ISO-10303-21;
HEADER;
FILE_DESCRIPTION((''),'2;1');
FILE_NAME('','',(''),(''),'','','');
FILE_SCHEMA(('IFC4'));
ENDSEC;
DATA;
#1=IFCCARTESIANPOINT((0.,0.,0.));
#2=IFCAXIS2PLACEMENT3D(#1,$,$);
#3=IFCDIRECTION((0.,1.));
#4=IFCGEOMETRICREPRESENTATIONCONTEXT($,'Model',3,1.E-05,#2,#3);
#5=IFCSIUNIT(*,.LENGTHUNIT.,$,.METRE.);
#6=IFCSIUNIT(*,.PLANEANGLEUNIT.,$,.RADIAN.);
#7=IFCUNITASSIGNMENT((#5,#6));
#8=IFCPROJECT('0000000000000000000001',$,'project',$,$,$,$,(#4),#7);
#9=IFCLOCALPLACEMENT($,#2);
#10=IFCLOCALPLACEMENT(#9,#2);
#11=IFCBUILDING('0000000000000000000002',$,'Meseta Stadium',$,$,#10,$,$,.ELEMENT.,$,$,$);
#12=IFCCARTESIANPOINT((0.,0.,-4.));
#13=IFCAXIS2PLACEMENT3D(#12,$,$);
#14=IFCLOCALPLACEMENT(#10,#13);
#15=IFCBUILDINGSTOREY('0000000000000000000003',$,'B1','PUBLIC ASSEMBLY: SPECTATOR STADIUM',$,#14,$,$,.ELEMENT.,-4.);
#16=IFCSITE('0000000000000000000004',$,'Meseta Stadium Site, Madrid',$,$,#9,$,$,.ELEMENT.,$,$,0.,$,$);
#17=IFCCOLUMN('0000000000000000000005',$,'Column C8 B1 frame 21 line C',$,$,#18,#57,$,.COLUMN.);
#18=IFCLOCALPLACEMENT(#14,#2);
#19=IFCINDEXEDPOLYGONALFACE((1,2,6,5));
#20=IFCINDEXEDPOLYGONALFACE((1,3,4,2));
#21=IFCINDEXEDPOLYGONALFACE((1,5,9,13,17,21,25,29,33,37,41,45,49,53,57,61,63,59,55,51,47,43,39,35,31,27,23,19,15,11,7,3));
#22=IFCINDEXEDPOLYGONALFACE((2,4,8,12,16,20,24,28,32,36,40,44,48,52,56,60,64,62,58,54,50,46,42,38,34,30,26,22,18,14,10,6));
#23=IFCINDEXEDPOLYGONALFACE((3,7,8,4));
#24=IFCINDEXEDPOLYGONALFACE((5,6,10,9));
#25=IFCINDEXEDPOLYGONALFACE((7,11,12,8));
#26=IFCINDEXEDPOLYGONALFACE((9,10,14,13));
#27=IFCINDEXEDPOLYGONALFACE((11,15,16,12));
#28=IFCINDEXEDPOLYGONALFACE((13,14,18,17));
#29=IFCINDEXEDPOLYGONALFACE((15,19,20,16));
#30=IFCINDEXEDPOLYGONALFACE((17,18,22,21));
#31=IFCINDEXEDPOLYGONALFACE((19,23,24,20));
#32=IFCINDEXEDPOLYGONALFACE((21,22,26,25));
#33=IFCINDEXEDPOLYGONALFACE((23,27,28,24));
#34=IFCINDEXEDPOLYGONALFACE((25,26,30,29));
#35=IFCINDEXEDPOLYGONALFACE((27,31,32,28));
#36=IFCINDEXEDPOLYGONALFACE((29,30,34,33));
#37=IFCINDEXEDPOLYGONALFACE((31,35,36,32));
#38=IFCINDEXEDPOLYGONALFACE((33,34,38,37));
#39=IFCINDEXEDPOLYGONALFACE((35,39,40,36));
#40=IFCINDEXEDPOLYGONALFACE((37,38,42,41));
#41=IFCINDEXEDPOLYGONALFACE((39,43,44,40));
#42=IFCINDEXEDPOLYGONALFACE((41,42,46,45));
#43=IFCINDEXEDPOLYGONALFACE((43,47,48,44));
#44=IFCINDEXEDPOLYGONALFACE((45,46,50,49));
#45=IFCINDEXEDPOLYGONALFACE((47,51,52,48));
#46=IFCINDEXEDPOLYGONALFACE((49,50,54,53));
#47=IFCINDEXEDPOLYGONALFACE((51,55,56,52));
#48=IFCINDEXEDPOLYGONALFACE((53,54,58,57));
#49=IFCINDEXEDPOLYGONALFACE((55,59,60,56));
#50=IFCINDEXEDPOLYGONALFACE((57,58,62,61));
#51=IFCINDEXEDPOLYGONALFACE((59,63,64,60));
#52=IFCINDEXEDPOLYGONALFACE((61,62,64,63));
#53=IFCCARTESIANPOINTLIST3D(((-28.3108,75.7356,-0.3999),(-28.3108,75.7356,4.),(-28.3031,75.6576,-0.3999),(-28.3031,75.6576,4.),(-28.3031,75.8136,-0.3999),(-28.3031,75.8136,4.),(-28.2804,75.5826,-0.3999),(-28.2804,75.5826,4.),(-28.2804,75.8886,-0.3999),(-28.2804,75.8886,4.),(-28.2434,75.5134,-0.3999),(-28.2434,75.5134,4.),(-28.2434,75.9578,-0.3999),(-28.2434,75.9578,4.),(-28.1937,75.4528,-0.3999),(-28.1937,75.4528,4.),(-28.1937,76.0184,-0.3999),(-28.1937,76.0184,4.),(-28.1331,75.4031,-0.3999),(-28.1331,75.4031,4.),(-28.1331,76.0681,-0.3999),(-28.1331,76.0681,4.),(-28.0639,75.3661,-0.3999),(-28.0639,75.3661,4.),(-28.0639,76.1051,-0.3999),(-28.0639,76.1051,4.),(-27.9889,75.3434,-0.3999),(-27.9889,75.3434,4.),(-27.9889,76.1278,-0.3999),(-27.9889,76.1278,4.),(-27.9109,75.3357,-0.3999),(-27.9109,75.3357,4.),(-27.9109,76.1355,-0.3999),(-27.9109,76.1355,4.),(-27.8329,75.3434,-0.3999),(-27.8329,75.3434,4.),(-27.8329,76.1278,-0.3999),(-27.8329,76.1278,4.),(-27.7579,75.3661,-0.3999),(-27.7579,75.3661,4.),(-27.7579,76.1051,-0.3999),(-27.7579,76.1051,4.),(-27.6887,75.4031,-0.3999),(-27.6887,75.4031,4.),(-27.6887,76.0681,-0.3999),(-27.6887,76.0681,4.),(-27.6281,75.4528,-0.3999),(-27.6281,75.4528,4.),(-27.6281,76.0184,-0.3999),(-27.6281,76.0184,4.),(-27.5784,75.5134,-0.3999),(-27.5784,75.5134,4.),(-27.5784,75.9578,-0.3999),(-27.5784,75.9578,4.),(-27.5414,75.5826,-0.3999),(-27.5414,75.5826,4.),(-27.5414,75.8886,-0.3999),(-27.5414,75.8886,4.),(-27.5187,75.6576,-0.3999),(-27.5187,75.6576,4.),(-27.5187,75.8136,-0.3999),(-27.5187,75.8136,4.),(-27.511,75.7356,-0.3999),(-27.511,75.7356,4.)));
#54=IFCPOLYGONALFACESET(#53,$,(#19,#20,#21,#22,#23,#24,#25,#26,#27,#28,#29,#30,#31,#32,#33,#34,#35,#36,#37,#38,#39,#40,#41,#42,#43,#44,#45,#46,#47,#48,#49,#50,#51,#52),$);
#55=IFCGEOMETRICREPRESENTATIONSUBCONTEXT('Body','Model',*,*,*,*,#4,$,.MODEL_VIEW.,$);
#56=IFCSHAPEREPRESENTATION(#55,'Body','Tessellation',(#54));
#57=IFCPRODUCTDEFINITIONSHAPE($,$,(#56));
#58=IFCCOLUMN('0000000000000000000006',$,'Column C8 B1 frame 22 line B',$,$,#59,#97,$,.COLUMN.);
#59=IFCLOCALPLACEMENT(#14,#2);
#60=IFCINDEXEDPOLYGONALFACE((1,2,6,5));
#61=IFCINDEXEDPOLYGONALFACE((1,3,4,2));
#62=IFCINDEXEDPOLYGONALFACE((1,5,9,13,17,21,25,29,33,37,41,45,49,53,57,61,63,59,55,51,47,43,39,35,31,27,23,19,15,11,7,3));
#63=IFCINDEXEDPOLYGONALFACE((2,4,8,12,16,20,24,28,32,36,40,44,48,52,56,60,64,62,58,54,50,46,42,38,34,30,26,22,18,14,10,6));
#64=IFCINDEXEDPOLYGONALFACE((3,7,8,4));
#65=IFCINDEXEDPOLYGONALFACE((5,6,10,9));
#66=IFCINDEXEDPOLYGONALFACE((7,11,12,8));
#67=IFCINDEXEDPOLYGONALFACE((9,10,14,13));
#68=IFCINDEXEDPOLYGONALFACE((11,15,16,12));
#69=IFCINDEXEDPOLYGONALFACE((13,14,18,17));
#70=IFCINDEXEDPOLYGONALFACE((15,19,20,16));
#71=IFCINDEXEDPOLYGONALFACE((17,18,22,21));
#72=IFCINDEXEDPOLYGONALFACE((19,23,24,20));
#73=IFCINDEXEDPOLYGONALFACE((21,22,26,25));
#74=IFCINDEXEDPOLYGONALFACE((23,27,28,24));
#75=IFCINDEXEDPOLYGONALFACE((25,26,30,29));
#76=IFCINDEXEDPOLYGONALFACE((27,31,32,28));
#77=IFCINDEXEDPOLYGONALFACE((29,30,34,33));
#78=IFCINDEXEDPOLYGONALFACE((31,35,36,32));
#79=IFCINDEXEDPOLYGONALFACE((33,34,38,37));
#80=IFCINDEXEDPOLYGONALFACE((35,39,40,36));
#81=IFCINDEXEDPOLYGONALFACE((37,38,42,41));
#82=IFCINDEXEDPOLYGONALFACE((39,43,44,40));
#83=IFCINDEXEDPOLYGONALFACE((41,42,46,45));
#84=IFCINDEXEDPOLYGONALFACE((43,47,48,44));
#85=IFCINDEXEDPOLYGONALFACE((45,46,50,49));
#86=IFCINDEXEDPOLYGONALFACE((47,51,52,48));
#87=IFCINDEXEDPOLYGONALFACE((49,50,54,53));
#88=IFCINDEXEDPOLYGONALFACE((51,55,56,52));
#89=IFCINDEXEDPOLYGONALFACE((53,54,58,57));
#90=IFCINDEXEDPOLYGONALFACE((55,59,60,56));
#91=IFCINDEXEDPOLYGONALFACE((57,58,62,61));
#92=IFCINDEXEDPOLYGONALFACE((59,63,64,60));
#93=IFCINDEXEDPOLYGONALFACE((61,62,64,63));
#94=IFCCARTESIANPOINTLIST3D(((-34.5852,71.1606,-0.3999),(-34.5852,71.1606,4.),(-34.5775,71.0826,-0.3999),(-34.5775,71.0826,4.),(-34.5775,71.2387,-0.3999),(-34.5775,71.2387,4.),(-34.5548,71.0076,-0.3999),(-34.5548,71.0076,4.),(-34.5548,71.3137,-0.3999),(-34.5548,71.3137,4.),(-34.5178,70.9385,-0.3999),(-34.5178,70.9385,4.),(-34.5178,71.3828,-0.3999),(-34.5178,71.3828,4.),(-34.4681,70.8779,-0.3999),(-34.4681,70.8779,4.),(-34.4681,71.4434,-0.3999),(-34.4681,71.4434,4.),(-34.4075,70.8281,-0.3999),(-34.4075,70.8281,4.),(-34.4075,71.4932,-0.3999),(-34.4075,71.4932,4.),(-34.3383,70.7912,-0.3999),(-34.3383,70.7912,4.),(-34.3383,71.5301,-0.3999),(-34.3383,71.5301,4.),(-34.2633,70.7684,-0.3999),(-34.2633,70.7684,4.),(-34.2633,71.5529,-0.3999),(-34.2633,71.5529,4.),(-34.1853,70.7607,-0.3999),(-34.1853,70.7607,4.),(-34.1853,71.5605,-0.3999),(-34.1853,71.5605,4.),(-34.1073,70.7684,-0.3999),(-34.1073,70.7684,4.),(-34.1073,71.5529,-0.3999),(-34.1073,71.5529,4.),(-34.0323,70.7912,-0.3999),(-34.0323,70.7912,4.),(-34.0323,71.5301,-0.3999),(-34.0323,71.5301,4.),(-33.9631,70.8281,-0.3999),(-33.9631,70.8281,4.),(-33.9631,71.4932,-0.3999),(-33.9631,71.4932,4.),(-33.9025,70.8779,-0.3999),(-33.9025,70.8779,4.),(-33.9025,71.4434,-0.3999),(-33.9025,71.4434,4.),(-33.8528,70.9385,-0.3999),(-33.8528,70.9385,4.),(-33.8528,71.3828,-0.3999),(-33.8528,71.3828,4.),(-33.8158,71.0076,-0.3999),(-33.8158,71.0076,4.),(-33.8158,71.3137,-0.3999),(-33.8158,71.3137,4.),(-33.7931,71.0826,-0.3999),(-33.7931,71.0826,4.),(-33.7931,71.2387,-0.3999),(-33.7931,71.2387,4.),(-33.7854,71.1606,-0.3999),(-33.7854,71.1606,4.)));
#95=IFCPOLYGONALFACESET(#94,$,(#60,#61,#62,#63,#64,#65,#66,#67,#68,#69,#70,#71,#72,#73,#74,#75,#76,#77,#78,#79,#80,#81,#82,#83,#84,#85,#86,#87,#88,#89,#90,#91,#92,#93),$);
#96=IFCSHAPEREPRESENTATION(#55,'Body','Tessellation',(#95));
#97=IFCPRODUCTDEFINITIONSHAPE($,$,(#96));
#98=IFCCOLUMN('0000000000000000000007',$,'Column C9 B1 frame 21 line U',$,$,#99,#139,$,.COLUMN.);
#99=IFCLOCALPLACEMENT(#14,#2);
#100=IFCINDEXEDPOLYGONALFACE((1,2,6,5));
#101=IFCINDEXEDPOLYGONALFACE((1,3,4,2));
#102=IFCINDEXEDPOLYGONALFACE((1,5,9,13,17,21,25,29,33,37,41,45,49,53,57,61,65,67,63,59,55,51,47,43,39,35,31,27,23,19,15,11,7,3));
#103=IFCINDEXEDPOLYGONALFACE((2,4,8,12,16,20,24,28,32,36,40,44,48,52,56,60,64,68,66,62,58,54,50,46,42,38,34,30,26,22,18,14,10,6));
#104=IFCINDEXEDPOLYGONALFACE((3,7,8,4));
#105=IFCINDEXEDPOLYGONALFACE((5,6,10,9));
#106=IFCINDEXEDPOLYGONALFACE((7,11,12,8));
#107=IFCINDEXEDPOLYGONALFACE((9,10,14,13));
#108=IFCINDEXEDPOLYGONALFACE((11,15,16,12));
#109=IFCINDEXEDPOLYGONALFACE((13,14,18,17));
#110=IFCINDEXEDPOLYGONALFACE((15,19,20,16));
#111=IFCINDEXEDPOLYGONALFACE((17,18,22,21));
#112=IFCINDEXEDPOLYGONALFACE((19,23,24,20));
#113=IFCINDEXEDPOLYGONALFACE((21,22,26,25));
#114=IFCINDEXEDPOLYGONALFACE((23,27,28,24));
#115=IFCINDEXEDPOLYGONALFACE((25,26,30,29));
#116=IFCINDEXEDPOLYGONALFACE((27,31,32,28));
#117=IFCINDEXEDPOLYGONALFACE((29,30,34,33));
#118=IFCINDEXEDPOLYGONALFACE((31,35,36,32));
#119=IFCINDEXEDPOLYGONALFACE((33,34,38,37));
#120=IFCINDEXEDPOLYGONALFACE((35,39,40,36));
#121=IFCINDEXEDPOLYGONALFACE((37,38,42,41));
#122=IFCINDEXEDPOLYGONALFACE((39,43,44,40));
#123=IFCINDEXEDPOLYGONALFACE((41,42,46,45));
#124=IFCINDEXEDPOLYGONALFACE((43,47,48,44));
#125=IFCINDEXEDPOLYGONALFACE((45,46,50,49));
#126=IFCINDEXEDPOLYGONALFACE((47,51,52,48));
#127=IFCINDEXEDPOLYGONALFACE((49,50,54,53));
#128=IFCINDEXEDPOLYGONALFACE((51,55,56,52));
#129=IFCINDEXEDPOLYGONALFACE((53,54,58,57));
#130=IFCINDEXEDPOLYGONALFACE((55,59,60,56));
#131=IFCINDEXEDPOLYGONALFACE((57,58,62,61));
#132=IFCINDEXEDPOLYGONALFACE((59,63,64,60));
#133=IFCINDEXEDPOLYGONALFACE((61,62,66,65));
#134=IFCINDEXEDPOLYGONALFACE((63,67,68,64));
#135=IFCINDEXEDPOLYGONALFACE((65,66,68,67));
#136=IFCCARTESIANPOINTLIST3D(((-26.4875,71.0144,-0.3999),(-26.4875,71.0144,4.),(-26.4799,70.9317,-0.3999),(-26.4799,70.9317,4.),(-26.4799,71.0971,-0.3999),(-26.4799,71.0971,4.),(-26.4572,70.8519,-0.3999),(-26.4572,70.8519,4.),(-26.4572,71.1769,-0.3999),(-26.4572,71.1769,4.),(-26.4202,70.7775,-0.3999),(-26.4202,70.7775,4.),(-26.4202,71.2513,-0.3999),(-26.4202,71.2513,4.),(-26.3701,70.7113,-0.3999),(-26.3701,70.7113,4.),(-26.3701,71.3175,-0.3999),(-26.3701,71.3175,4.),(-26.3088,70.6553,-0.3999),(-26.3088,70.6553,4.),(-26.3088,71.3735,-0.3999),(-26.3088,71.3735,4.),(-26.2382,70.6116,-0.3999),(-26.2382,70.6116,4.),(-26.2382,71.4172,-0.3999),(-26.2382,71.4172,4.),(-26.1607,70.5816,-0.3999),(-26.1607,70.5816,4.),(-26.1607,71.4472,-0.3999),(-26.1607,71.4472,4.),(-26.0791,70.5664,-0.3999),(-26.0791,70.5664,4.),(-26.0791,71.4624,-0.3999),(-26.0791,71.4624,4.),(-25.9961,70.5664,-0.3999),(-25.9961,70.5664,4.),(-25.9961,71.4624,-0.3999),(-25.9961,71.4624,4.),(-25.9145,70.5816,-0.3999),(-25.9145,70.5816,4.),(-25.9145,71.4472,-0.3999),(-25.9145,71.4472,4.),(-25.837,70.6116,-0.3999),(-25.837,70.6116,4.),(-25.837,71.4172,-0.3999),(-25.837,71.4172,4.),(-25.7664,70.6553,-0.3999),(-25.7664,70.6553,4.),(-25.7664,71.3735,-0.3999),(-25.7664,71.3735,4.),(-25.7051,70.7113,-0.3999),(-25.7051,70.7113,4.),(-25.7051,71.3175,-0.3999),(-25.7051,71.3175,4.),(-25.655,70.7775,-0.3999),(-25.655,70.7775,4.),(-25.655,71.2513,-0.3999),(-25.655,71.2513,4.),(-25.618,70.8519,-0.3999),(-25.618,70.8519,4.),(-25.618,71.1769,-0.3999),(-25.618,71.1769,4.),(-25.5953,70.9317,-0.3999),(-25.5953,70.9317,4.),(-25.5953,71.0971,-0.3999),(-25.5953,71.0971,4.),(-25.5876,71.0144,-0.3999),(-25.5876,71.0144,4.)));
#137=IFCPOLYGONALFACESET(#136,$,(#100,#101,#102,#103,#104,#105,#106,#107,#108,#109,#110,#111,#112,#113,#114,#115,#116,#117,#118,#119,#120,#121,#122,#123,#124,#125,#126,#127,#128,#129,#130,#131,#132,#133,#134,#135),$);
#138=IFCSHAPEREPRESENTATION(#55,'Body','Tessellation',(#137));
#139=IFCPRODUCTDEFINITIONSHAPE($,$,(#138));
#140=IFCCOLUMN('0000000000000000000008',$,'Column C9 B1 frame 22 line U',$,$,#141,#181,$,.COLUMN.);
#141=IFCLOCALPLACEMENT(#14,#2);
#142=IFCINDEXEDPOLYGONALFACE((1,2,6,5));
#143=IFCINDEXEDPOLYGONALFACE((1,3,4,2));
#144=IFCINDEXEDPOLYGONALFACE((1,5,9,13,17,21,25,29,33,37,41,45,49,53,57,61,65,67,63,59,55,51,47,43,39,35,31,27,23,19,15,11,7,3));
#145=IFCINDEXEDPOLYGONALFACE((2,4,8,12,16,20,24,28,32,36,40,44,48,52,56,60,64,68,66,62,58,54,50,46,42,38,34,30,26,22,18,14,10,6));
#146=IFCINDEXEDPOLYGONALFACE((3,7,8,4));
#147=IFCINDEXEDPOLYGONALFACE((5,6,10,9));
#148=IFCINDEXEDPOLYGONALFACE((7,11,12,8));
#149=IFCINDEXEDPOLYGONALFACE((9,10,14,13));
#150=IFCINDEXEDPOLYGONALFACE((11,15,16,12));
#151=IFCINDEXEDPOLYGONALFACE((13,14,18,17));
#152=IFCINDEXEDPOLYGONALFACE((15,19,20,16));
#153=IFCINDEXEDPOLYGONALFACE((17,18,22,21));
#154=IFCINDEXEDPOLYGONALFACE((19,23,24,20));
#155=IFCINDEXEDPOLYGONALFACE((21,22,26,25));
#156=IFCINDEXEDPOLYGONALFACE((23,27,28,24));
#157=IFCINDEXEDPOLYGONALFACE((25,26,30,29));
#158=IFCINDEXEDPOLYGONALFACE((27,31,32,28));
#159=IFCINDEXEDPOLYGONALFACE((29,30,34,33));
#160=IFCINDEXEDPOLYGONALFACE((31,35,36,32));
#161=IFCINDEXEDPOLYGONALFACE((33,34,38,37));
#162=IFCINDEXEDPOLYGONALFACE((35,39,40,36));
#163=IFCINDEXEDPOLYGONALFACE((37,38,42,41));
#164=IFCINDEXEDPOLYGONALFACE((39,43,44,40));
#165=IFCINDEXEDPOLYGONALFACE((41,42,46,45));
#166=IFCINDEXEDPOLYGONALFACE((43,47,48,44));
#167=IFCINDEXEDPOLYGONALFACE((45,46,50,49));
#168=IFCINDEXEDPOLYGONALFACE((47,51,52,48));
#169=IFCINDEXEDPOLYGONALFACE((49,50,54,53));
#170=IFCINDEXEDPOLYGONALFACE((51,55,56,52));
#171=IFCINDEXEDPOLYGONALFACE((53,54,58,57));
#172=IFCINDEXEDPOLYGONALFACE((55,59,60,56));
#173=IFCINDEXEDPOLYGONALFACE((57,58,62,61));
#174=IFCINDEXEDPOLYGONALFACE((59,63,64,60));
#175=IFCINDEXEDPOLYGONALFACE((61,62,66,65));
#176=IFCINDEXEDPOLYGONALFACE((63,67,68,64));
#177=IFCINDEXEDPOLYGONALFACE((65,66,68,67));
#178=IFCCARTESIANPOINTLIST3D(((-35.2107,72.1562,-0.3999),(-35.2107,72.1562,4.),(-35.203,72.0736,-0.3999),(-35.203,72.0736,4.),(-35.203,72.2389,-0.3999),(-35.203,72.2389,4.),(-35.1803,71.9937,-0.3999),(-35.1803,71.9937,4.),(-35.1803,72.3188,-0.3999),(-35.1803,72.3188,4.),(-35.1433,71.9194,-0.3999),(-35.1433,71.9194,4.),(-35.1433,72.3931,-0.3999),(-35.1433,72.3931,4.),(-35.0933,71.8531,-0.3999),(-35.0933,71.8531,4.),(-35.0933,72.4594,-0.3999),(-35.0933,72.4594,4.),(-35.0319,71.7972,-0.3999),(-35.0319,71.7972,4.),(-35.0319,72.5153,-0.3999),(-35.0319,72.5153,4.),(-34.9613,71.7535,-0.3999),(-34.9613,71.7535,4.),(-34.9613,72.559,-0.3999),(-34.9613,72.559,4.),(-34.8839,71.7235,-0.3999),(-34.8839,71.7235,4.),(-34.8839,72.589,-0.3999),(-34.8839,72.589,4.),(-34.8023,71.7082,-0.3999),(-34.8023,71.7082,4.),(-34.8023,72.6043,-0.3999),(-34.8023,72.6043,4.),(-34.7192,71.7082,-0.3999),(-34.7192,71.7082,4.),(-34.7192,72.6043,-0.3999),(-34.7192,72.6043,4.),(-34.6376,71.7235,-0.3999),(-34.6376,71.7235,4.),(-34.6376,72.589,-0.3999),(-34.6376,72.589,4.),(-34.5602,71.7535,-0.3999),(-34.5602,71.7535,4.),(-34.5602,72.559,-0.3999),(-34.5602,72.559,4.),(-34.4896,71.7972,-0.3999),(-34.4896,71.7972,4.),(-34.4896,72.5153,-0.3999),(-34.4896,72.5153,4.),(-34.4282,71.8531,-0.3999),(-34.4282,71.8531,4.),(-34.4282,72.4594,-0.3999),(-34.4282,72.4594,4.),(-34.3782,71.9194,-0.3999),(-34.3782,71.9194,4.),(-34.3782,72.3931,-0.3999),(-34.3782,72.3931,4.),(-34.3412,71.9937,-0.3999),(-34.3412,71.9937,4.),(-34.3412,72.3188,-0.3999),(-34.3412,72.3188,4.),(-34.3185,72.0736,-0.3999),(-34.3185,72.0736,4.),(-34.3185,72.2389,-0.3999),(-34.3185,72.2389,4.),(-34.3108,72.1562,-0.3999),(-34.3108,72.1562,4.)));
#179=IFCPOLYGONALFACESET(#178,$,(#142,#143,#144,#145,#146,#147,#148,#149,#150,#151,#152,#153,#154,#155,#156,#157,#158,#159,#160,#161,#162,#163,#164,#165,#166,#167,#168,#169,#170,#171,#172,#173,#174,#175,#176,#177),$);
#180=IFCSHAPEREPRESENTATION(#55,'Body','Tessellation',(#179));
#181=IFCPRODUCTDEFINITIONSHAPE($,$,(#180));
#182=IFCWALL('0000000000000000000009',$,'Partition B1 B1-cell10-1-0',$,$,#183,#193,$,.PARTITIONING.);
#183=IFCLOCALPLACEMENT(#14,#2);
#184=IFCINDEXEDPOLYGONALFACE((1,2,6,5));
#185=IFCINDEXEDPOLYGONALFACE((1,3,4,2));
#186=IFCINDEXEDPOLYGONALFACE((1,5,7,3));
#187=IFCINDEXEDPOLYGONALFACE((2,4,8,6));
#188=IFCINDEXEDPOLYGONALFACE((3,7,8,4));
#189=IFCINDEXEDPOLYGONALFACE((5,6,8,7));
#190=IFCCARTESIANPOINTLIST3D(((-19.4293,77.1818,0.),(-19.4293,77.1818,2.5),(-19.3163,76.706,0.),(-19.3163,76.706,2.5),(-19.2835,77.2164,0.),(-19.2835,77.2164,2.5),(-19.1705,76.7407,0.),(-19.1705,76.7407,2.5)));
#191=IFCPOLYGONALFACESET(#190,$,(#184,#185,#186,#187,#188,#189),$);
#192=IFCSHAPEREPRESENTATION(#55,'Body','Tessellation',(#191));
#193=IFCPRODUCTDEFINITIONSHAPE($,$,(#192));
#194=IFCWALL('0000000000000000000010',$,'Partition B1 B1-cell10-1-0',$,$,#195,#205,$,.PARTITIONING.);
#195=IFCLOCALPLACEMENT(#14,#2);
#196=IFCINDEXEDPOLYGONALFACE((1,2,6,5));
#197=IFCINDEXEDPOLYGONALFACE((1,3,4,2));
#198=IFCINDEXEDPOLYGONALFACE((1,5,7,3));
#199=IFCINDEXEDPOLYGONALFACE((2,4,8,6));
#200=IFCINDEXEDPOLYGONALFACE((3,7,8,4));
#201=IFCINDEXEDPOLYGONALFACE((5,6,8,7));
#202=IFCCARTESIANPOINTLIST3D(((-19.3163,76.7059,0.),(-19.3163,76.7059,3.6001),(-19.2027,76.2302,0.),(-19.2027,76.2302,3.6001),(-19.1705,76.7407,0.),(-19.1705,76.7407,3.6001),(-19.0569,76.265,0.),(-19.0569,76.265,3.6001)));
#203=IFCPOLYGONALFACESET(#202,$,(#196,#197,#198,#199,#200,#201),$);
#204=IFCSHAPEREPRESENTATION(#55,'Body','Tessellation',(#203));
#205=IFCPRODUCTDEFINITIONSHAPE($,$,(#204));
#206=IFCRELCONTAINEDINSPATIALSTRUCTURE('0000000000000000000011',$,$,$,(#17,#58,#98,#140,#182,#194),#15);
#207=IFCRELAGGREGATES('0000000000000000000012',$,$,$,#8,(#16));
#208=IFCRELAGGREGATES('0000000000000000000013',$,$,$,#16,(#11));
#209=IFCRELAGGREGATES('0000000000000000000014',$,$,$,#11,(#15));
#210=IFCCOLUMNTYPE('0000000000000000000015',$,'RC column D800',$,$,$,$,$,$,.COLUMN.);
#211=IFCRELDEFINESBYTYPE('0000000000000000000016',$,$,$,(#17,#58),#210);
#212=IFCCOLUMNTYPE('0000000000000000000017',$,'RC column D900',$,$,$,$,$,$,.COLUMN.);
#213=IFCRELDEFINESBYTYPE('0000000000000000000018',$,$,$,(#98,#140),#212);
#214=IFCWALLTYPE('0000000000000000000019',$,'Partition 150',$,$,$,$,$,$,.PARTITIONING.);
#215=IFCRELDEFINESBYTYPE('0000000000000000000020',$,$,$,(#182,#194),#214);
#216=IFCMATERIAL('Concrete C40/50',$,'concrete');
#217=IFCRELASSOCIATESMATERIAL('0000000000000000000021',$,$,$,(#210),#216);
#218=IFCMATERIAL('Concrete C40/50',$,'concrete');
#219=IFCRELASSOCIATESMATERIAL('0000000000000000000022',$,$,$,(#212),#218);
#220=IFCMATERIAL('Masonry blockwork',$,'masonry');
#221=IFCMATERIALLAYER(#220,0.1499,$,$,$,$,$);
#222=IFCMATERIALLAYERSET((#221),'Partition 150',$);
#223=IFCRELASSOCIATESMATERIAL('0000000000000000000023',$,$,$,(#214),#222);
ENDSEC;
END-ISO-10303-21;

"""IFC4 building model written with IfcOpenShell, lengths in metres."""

from ifc_helpers import new_model, si_unit, direction, frame, frame_2d, origin, origin_2d, place, context, subcontext, project, spatial, rectangle, circle, extrude, material, layer, layer_set, material_profile, profile_set, type_object, element, save


model = new_model("IFC4")

# Units and contexts
model_context = context("Model", 3, precision=1e-05, world=origin(), true_north=direction((0.0, 1.0)))
body_context = subcontext(model_context, "Body", "Model", "MODEL_VIEW")
ifc_project = project(units=[si_unit("LENGTHUNIT", "METRE"), si_unit("PLANEANGLEUNIT", "RADIAN")], contexts=[model_context])

# Site, building, storey
site_placement = place(None, origin())
site = spatial("IfcSite", under=ifc_project, at=site_placement, Name="Meseta Stadium Site, Madrid", CompositionType="ELEMENT", RefElevation=0.0)
building_placement = place(site_placement, origin())
building = spatial("IfcBuilding", under=site, at=building_placement, Name="Meseta Stadium", CompositionType="ELEMENT")
storey_placement = place(building_placement, frame((0.0, 0.0, -4.0)))
storey = spatial("IfcBuildingStorey", under=building, at=storey_placement, Name="B1", Description="PUBLIC ASSEMBLY: SPECTATOR STADIUM", CompositionType="ELEMENT", Elevation=-4.0)

# Columns
ifc_material_1 = material(Name="Concrete C40/50", Category="concrete")
ifc_material_profile_1 = material_profile(ifc_material_1, circle(Radius=0.3999, at=origin_2d()), Name="RC D800")
ifc_profile_set_1 = profile_set([ifc_material_profile_1], Name="Concrete C40/50")
column_type_1 = type_object("IfcColumnType", Name="RC column D800", PredefinedType="COLUMN", material=ifc_profile_set_1)
for number, where, z_axis, x_axis, name in (
    (1, (-27.9109, 75.7356, -0.3999), (0.0, 0.0, 1.0), (1.0, 0.0, 0.0), "Column C8 B1 frame 21 line C"),
    (2, (-34.1853, 71.1606, -0.3999), (0.0, 0.0, 1.0), (1.0, 0.0, 0.0), "Column C8 B1 frame 22 line B"),
):
    element("IfcColumn", number, at=place(storey_placement, frame(where, z_axis=z_axis, x_axis=x_axis)), inside=storey, type_object=column_type_1, Name=name, PredefinedType="COLUMN", context=body_context, shape_type="SweptSolid", body=[
        extrude(circle(Radius=0.3999, at=origin_2d()), origin(), (0.0, 0.0, 1.0), 4.3999),
    ])
ifc_material_2 = material(Name="Concrete C40/50", Category="concrete")
ifc_material_profile_2 = material_profile(ifc_material_2, circle(Radius=0.45, at=origin_2d()), Name="RC D900")
ifc_profile_set_2 = profile_set([ifc_material_profile_2], Name="Concrete C40/50")
column_type_2 = type_object("IfcColumnType", Name="RC column D900", PredefinedType="COLUMN", material=ifc_profile_set_2)
for number, where, z_axis, x_axis, name in (
    (3, (-26.0376, 71.0144, -0.3999), (0.0, 0.0, 1.0), (1.0, 0.0, 0.0), "Column C9 B1 frame 21 line U"),
    (4, (-34.7607, 72.1562, -0.3999), (0.0, 0.0, 1.0), (1.0, 0.0, 0.0), "Column C9 B1 frame 22 line U"),
):
    element("IfcColumn", number, at=place(storey_placement, frame(where, z_axis=z_axis, x_axis=x_axis)), inside=storey, type_object=column_type_2, Name=name, PredefinedType="COLUMN", context=body_context, shape_type="SweptSolid", body=[
        extrude(circle(Radius=0.45, at=origin_2d()), origin(), (0.0, 0.0, 1.0), 4.3999),
    ])

# Walls
ifc_material_3 = material(Name="Masonry blockwork", Category="masonry")
ifc_layer = layer(ifc_material_3, 0.1499)
ifc_layer_set = layer_set([ifc_layer], Name="Partition 150")
wall_type = type_object("IfcWallType", Name="Partition 150", PredefinedType="PARTITIONING", material=ifc_layer_set)
wall_1_placement = place(storey_placement, frame((-19.3564, 77.1992, 0.0), z_axis=(0.0, 0.0, 1.0), x_axis=(0.231126, -0.972924, 0.0)))
element("IfcWall", 5, at=wall_1_placement, inside=storey, type_object=wall_type, Name="Partition B1 B1-cell10-1-0", PredefinedType="PARTITIONING", context=body_context, shape_type="SweptSolid", body=[
    extrude(rectangle(XDim=0.489, YDim=0.1499, at=frame_2d((0.2446, 0.0))), origin(), (0.0, 0.0, 1.0), 2.5),
])
wall_2_placement = place(storey_placement, frame((-19.2434, 76.7234, 0.0), z_axis=(0.0, 0.0, 1.0), x_axis=(0.232183, -0.972672, 0.0)))
element("IfcWall", 6, at=wall_2_placement, inside=storey, type_object=wall_type, Name="Partition B1 B1-cell10-1-0", PredefinedType="PARTITIONING", context=body_context, shape_type="SweptSolid", body=[
    extrude(rectangle(XDim=0.489, YDim=0.1499, at=frame_2d((0.2446, 0.0))), origin(), (0.0, 0.0, 1.0), 3.6001),
])

save(model, "model.ifc")
